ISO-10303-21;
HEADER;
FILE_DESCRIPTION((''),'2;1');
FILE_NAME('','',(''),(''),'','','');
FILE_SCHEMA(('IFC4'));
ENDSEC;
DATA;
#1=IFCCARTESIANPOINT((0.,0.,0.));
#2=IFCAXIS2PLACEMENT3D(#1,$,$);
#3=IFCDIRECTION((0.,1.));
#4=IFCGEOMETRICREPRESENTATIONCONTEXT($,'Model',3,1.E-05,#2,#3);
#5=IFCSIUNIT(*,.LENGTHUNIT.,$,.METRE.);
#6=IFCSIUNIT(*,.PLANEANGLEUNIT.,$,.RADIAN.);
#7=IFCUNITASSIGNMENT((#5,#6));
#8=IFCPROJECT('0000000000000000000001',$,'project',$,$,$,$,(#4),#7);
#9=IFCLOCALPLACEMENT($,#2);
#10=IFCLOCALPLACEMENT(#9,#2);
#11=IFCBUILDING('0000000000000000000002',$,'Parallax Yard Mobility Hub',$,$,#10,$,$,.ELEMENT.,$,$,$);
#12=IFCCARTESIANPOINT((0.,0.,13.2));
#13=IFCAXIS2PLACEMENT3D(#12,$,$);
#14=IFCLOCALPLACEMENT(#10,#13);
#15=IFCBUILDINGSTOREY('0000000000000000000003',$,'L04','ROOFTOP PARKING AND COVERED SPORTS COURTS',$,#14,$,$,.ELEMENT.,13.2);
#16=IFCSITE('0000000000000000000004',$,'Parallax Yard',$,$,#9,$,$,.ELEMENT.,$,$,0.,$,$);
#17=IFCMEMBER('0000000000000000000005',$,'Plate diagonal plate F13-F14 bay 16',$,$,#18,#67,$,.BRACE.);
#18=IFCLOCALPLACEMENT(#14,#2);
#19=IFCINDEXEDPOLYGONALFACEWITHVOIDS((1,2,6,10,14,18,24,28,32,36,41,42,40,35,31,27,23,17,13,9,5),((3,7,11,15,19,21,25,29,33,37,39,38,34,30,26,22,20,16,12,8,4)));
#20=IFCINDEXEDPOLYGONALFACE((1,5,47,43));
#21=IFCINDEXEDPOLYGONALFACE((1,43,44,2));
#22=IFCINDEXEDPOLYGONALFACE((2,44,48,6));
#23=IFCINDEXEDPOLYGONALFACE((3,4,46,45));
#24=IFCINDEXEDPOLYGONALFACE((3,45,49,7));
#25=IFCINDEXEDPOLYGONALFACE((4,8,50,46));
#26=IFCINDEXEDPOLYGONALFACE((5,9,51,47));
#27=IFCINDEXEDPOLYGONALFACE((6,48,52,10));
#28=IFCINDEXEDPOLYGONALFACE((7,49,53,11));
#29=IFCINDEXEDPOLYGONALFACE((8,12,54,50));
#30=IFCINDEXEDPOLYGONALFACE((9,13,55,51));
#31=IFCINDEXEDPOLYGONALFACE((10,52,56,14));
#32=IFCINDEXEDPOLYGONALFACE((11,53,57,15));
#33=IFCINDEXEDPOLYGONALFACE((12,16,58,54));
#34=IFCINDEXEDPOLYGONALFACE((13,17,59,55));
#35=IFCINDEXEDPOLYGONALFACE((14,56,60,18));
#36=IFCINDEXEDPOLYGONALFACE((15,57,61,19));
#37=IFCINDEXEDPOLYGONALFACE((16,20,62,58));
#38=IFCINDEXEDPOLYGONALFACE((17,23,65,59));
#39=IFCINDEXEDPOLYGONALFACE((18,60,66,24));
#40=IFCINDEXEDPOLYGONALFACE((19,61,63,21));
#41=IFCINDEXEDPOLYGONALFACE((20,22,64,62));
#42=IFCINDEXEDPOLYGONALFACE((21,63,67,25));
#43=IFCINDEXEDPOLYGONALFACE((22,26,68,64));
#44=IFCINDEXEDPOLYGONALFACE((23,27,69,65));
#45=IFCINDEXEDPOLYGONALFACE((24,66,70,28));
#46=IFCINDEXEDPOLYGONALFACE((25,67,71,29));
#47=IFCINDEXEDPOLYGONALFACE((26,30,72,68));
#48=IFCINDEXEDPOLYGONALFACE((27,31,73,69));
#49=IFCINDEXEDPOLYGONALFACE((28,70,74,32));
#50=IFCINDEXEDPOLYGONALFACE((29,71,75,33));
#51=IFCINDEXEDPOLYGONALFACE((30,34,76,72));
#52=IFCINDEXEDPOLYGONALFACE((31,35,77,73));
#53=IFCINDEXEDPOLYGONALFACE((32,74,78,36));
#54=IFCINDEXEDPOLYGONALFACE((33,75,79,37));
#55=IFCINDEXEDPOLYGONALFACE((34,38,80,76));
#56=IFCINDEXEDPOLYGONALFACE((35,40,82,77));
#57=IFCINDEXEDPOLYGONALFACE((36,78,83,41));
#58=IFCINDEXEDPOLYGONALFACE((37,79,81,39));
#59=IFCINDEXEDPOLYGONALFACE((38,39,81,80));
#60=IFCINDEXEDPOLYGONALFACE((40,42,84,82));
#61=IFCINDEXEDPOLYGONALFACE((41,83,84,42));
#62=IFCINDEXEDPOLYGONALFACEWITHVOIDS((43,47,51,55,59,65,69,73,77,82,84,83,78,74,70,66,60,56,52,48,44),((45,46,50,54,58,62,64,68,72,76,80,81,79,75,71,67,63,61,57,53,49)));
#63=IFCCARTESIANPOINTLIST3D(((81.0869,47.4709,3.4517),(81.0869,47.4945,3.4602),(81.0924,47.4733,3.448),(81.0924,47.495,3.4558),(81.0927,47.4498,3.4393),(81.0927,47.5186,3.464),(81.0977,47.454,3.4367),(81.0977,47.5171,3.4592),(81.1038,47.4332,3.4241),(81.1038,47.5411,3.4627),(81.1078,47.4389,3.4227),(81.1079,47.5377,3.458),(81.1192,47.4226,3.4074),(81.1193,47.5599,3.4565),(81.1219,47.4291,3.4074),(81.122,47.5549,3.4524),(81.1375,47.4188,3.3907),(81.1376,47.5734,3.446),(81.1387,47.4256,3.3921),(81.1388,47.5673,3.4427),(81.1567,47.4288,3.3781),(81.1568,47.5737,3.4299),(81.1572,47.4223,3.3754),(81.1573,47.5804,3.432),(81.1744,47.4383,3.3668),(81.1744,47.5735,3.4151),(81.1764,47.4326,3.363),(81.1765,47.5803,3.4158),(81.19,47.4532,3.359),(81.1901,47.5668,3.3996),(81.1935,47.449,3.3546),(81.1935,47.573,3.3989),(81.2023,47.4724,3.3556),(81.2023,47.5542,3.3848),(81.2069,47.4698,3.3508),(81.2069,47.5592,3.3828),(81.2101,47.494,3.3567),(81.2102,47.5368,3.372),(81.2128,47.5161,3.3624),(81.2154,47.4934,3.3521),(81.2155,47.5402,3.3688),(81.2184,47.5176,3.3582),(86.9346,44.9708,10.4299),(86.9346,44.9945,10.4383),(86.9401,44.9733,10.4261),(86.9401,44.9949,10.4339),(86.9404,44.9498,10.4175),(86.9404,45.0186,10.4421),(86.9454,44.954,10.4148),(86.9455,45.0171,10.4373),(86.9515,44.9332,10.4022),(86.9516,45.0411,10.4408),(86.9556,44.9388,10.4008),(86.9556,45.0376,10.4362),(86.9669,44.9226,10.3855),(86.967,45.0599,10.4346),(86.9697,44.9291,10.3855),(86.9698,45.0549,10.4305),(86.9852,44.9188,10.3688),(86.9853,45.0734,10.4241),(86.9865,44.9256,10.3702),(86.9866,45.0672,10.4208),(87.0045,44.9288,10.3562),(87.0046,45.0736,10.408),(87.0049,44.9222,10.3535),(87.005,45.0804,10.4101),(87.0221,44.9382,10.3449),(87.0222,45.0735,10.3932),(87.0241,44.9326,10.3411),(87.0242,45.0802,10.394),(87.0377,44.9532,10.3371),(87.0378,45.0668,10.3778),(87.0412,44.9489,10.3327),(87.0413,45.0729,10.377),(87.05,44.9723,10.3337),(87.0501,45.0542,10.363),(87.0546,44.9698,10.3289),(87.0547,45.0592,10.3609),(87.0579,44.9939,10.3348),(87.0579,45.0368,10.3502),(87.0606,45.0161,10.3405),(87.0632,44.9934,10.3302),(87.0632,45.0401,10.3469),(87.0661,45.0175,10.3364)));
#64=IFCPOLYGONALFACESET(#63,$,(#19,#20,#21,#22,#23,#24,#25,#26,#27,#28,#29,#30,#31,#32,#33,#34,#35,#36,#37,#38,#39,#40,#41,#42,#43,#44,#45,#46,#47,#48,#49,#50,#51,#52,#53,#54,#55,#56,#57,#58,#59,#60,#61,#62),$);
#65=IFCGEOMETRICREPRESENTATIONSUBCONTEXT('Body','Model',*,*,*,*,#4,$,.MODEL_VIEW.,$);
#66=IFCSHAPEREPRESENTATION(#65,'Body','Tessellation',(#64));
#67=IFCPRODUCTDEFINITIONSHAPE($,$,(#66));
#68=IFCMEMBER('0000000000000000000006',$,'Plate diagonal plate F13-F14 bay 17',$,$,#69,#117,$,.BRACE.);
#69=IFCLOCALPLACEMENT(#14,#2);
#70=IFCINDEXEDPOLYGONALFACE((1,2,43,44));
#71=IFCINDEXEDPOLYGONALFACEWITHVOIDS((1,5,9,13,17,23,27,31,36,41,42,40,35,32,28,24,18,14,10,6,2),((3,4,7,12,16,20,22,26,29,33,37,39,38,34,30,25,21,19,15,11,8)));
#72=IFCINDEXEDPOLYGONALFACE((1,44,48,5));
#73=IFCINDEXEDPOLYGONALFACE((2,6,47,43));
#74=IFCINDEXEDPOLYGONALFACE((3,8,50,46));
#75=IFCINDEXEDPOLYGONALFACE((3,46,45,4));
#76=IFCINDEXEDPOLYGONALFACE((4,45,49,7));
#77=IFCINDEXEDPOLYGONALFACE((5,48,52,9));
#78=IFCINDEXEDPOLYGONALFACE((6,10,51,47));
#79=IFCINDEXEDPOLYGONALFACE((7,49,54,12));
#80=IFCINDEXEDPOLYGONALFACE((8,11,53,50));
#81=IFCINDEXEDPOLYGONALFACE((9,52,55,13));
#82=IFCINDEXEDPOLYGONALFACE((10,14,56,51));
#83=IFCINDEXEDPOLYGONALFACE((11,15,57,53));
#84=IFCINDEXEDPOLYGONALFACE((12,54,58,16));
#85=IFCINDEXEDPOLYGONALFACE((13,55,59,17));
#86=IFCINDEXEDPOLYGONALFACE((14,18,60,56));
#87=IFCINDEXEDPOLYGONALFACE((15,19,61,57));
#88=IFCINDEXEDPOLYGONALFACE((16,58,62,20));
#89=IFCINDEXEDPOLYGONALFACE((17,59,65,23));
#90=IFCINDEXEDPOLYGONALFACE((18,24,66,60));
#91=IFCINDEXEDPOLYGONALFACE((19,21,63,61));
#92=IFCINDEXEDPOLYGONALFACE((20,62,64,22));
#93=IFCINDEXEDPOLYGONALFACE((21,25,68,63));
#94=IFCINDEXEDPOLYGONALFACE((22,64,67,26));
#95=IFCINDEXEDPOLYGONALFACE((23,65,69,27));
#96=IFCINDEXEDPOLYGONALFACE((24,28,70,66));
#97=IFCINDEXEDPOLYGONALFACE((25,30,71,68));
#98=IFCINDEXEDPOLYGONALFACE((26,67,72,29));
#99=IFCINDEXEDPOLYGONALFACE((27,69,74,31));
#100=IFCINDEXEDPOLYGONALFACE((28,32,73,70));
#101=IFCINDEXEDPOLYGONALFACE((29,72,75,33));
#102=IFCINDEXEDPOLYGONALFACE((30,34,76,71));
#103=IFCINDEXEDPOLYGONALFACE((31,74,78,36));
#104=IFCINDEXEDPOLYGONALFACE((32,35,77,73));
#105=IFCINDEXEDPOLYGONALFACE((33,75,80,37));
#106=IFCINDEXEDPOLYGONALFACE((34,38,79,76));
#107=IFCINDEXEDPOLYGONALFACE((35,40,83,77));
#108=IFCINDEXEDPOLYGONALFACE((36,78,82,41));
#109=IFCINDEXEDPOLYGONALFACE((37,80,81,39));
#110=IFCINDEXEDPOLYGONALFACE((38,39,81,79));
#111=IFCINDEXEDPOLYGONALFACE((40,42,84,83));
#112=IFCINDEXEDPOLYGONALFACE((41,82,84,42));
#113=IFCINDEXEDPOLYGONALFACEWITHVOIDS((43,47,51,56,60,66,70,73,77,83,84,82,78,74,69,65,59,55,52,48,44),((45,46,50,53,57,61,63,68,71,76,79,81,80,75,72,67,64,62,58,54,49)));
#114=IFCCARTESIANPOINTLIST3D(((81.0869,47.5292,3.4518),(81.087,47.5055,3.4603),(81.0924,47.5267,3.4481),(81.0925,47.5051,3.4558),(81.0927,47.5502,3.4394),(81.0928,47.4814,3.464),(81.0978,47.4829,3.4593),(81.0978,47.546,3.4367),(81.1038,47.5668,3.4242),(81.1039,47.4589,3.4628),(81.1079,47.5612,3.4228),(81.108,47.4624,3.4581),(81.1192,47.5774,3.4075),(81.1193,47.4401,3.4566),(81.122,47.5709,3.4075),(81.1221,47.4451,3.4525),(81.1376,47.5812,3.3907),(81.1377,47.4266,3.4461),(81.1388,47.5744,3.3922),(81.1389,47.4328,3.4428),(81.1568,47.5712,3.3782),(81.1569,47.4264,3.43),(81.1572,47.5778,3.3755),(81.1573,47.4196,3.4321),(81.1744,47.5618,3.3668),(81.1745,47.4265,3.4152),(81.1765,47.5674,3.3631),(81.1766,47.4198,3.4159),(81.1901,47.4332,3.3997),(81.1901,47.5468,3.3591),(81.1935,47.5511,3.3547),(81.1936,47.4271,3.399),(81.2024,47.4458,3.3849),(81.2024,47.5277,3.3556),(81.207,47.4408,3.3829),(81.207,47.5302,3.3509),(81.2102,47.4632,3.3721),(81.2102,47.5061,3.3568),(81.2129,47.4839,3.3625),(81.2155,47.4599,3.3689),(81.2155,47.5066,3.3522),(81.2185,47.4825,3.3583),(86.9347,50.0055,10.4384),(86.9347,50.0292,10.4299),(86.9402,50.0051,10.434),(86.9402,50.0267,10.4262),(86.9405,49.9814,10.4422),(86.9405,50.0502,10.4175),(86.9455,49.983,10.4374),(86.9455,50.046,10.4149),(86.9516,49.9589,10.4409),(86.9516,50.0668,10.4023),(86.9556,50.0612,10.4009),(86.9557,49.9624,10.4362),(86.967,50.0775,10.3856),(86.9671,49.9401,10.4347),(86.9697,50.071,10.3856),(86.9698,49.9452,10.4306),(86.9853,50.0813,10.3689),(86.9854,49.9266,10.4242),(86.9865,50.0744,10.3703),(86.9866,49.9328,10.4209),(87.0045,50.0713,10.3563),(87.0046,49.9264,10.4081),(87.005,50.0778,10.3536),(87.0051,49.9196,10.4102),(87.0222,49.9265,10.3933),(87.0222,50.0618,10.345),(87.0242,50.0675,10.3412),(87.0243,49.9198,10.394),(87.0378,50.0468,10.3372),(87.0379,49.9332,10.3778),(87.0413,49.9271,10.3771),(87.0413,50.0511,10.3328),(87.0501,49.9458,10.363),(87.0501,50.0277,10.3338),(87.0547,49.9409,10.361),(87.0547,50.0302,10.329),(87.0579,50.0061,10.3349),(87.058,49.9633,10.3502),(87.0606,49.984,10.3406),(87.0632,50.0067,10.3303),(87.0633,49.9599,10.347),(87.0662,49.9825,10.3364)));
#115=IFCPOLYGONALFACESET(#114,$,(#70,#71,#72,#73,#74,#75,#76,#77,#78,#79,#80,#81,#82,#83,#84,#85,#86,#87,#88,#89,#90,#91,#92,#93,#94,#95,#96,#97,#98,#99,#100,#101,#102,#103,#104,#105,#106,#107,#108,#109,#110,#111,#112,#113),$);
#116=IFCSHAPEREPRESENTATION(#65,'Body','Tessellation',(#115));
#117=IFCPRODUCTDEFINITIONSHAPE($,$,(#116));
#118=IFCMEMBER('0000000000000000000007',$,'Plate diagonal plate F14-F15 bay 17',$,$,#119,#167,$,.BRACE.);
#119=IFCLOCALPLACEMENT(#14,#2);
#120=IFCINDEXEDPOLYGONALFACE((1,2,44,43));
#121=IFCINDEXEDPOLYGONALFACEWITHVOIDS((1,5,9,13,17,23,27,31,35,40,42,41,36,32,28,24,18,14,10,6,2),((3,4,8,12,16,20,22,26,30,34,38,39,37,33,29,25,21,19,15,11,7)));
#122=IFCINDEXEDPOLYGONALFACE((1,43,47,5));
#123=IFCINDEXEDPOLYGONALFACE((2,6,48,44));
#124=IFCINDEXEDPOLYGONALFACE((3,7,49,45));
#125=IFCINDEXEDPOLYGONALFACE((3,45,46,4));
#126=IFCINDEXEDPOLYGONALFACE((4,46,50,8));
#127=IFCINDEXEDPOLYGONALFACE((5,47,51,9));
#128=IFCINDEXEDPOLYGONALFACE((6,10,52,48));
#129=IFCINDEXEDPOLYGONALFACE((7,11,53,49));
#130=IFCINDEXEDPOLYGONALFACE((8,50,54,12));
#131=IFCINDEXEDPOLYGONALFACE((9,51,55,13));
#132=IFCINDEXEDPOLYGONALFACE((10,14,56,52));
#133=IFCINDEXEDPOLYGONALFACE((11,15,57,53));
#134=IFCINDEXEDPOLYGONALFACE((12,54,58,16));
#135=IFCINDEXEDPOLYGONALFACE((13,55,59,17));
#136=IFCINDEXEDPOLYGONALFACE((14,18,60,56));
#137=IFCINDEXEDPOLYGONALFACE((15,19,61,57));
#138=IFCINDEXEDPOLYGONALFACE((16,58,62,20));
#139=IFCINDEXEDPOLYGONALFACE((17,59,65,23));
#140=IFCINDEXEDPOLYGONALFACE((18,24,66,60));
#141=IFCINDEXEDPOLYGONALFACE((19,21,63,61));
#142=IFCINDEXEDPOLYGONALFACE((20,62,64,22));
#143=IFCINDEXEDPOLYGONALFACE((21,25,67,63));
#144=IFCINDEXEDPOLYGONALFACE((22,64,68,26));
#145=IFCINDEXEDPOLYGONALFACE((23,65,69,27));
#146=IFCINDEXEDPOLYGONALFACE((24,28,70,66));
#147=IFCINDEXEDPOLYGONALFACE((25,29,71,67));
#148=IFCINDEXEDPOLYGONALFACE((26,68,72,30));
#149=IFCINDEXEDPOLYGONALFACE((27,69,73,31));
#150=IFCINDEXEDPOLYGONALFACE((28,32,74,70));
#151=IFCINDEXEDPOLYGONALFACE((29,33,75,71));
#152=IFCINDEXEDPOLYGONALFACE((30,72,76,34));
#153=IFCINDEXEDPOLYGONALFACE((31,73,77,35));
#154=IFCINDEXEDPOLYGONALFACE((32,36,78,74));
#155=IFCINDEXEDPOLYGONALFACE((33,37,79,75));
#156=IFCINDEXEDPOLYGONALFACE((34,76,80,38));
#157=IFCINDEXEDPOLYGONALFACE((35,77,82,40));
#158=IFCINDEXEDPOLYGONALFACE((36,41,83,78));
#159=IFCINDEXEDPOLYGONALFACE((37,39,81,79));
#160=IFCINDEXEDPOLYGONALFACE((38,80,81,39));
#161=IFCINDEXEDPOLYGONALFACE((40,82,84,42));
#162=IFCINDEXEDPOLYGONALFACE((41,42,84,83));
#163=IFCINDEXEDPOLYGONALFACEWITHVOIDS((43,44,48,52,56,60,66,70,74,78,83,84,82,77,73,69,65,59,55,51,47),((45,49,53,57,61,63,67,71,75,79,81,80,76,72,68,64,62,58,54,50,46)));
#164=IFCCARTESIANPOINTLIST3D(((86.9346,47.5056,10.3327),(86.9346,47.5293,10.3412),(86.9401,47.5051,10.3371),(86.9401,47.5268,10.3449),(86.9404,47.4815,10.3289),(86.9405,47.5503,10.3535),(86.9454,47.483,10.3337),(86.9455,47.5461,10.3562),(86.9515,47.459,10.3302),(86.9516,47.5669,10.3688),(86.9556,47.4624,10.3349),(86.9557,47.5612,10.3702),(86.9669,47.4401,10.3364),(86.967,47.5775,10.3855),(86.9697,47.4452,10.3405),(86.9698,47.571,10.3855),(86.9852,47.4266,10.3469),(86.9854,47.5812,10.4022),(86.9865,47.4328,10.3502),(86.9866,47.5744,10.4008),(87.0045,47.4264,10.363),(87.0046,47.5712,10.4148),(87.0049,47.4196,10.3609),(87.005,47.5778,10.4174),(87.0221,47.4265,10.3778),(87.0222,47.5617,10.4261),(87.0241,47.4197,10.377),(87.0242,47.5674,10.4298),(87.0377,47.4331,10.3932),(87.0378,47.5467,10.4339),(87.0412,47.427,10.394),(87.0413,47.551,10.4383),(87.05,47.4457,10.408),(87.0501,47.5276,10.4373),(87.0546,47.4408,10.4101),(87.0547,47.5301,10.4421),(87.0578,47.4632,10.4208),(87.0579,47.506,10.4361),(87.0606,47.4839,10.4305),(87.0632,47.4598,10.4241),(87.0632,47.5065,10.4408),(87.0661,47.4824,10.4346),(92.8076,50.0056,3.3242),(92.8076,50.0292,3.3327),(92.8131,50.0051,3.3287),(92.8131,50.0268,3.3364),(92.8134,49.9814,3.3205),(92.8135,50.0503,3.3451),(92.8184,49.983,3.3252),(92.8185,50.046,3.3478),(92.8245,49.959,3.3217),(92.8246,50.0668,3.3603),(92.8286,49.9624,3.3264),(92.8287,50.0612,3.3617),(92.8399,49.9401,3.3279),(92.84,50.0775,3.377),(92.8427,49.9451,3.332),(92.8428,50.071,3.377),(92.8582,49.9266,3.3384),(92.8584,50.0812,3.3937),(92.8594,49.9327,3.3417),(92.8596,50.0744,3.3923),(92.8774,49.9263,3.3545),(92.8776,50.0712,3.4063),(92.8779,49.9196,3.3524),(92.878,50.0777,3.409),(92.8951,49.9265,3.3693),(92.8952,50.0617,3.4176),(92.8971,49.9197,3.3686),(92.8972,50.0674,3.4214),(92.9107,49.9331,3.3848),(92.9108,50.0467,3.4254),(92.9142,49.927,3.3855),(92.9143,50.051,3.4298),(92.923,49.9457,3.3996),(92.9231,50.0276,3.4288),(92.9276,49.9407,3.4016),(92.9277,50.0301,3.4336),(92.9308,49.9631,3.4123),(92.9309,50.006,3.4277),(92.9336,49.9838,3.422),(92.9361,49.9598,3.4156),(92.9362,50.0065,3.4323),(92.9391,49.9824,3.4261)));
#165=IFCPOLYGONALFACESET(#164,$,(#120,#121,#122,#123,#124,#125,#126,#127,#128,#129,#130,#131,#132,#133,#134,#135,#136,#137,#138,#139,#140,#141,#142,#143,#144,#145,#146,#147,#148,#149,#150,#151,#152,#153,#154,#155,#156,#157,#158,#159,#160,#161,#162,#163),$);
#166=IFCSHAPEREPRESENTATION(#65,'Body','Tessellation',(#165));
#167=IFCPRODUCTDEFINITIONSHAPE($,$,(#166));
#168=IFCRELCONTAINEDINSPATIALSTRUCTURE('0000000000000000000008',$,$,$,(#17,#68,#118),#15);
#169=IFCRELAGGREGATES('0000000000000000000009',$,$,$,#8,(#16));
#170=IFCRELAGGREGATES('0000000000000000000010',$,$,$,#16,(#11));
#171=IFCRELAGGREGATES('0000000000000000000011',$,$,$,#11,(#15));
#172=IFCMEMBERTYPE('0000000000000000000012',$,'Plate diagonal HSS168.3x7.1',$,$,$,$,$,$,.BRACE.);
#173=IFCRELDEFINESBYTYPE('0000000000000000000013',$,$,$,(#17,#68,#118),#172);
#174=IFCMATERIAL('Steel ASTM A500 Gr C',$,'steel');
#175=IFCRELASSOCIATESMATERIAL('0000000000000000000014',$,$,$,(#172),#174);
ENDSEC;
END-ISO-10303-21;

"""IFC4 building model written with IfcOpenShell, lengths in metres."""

from ifc_helpers import new_model, si_unit, direction, frame, origin, origin_2d, place, context, subcontext, project, spatial, hollow_circle, extrude, material, material_profile, profile_set, type_object, element, save


model = new_model("IFC4")

# Units and contexts
model_context = context("Model", 3, precision=1e-05, world=origin(), true_north=direction((0.0, 1.0)))
body_context = subcontext(model_context, "Body", "Model", "MODEL_VIEW")
ifc_project = project(units=[si_unit("LENGTHUNIT", "METRE"), si_unit("PLANEANGLEUNIT", "RADIAN")], contexts=[model_context])

# Site, building, storey
site_placement = place(None, origin())
site = spatial("IfcSite", under=ifc_project, at=site_placement, Name="Parallax Yard", CompositionType="ELEMENT", RefElevation=0.0)
building_placement = place(site_placement, origin())
building = spatial("IfcBuilding", under=site, at=building_placement, Name="Parallax Yard Mobility Hub", CompositionType="ELEMENT")
storey_placement = place(building_placement, frame((0.0, 0.0, 13.2)))
storey = spatial("IfcBuildingStorey", under=building, at=storey_placement, Name="L04", Description="ROOFTOP PARKING AND COVERED SPORTS COURTS", CompositionType="ELEMENT", Elevation=13.2)

# Members
ifc_material_1 = material(Name="Steel ASTM A500 Gr C", Category="steel")
ifc_material_profile_1 = material_profile(ifc_material_1, hollow_circle(Radius=0.0842, WallThickness=0.0071, at=origin_2d()), Name="HSS168.3x7.1")
ifc_profile_set_1 = profile_set([ifc_material_profile_1], Name="Steel ASTM A500 Gr C")
member_type_1 = type_object("IfcMemberType", Name="Plate diagonal HSS168.3x7.1", PredefinedType="BRACE", material=ifc_profile_set_1)
for number, where, z_axis, x_axis, name in (
    (1, (87.0, 45.0, 10.3855), (-0.61937, 0.264794, -0.739097), (-0.393104, -0.919494, 0.0), "Plate diagonal plate F13-F14 bay 16"),
    (2, (81.1523, 47.5, 3.4075), (0.61937, 0.264794, 0.739097), (-0.393104, 0.919494, 0.0), "Plate diagonal plate F13-F14 bay 17"),
):
    element("IfcMember", number, at=place(storey_placement, frame(where, z_axis=z_axis, x_axis=x_axis)), inside=storey, type_object=member_type_1, Name=name, PredefinedType="BRACE", context=body_context, shape_type="SweptSolid", body=[
        extrude(hollow_circle(Radius=0.0842, WallThickness=0.0071, at=origin_2d()), origin(), (0.0, 0.0, 1.0), 9.4414),
    ])
member_1_placement = place(storey_placement, frame((87.0, 47.5, 10.3855), z_axis=(0.619547, 0.263725, -0.739331), x_axis=(-0.391665, 0.920108, 0.0)))
element("IfcMember", 3, at=member_1_placement, inside=storey, type_object=member_type_1, Name="Plate diagonal plate F14-F15 bay 17", PredefinedType="BRACE", context=body_context, shape_type="SweptSolid", body=[
    extrude(hollow_circle(Radius=0.0842, WallThickness=0.0071, at=origin_2d()), origin(), (0.0, 0.0, 1.0), 9.4795),
])

save(model, "model.ifc")
